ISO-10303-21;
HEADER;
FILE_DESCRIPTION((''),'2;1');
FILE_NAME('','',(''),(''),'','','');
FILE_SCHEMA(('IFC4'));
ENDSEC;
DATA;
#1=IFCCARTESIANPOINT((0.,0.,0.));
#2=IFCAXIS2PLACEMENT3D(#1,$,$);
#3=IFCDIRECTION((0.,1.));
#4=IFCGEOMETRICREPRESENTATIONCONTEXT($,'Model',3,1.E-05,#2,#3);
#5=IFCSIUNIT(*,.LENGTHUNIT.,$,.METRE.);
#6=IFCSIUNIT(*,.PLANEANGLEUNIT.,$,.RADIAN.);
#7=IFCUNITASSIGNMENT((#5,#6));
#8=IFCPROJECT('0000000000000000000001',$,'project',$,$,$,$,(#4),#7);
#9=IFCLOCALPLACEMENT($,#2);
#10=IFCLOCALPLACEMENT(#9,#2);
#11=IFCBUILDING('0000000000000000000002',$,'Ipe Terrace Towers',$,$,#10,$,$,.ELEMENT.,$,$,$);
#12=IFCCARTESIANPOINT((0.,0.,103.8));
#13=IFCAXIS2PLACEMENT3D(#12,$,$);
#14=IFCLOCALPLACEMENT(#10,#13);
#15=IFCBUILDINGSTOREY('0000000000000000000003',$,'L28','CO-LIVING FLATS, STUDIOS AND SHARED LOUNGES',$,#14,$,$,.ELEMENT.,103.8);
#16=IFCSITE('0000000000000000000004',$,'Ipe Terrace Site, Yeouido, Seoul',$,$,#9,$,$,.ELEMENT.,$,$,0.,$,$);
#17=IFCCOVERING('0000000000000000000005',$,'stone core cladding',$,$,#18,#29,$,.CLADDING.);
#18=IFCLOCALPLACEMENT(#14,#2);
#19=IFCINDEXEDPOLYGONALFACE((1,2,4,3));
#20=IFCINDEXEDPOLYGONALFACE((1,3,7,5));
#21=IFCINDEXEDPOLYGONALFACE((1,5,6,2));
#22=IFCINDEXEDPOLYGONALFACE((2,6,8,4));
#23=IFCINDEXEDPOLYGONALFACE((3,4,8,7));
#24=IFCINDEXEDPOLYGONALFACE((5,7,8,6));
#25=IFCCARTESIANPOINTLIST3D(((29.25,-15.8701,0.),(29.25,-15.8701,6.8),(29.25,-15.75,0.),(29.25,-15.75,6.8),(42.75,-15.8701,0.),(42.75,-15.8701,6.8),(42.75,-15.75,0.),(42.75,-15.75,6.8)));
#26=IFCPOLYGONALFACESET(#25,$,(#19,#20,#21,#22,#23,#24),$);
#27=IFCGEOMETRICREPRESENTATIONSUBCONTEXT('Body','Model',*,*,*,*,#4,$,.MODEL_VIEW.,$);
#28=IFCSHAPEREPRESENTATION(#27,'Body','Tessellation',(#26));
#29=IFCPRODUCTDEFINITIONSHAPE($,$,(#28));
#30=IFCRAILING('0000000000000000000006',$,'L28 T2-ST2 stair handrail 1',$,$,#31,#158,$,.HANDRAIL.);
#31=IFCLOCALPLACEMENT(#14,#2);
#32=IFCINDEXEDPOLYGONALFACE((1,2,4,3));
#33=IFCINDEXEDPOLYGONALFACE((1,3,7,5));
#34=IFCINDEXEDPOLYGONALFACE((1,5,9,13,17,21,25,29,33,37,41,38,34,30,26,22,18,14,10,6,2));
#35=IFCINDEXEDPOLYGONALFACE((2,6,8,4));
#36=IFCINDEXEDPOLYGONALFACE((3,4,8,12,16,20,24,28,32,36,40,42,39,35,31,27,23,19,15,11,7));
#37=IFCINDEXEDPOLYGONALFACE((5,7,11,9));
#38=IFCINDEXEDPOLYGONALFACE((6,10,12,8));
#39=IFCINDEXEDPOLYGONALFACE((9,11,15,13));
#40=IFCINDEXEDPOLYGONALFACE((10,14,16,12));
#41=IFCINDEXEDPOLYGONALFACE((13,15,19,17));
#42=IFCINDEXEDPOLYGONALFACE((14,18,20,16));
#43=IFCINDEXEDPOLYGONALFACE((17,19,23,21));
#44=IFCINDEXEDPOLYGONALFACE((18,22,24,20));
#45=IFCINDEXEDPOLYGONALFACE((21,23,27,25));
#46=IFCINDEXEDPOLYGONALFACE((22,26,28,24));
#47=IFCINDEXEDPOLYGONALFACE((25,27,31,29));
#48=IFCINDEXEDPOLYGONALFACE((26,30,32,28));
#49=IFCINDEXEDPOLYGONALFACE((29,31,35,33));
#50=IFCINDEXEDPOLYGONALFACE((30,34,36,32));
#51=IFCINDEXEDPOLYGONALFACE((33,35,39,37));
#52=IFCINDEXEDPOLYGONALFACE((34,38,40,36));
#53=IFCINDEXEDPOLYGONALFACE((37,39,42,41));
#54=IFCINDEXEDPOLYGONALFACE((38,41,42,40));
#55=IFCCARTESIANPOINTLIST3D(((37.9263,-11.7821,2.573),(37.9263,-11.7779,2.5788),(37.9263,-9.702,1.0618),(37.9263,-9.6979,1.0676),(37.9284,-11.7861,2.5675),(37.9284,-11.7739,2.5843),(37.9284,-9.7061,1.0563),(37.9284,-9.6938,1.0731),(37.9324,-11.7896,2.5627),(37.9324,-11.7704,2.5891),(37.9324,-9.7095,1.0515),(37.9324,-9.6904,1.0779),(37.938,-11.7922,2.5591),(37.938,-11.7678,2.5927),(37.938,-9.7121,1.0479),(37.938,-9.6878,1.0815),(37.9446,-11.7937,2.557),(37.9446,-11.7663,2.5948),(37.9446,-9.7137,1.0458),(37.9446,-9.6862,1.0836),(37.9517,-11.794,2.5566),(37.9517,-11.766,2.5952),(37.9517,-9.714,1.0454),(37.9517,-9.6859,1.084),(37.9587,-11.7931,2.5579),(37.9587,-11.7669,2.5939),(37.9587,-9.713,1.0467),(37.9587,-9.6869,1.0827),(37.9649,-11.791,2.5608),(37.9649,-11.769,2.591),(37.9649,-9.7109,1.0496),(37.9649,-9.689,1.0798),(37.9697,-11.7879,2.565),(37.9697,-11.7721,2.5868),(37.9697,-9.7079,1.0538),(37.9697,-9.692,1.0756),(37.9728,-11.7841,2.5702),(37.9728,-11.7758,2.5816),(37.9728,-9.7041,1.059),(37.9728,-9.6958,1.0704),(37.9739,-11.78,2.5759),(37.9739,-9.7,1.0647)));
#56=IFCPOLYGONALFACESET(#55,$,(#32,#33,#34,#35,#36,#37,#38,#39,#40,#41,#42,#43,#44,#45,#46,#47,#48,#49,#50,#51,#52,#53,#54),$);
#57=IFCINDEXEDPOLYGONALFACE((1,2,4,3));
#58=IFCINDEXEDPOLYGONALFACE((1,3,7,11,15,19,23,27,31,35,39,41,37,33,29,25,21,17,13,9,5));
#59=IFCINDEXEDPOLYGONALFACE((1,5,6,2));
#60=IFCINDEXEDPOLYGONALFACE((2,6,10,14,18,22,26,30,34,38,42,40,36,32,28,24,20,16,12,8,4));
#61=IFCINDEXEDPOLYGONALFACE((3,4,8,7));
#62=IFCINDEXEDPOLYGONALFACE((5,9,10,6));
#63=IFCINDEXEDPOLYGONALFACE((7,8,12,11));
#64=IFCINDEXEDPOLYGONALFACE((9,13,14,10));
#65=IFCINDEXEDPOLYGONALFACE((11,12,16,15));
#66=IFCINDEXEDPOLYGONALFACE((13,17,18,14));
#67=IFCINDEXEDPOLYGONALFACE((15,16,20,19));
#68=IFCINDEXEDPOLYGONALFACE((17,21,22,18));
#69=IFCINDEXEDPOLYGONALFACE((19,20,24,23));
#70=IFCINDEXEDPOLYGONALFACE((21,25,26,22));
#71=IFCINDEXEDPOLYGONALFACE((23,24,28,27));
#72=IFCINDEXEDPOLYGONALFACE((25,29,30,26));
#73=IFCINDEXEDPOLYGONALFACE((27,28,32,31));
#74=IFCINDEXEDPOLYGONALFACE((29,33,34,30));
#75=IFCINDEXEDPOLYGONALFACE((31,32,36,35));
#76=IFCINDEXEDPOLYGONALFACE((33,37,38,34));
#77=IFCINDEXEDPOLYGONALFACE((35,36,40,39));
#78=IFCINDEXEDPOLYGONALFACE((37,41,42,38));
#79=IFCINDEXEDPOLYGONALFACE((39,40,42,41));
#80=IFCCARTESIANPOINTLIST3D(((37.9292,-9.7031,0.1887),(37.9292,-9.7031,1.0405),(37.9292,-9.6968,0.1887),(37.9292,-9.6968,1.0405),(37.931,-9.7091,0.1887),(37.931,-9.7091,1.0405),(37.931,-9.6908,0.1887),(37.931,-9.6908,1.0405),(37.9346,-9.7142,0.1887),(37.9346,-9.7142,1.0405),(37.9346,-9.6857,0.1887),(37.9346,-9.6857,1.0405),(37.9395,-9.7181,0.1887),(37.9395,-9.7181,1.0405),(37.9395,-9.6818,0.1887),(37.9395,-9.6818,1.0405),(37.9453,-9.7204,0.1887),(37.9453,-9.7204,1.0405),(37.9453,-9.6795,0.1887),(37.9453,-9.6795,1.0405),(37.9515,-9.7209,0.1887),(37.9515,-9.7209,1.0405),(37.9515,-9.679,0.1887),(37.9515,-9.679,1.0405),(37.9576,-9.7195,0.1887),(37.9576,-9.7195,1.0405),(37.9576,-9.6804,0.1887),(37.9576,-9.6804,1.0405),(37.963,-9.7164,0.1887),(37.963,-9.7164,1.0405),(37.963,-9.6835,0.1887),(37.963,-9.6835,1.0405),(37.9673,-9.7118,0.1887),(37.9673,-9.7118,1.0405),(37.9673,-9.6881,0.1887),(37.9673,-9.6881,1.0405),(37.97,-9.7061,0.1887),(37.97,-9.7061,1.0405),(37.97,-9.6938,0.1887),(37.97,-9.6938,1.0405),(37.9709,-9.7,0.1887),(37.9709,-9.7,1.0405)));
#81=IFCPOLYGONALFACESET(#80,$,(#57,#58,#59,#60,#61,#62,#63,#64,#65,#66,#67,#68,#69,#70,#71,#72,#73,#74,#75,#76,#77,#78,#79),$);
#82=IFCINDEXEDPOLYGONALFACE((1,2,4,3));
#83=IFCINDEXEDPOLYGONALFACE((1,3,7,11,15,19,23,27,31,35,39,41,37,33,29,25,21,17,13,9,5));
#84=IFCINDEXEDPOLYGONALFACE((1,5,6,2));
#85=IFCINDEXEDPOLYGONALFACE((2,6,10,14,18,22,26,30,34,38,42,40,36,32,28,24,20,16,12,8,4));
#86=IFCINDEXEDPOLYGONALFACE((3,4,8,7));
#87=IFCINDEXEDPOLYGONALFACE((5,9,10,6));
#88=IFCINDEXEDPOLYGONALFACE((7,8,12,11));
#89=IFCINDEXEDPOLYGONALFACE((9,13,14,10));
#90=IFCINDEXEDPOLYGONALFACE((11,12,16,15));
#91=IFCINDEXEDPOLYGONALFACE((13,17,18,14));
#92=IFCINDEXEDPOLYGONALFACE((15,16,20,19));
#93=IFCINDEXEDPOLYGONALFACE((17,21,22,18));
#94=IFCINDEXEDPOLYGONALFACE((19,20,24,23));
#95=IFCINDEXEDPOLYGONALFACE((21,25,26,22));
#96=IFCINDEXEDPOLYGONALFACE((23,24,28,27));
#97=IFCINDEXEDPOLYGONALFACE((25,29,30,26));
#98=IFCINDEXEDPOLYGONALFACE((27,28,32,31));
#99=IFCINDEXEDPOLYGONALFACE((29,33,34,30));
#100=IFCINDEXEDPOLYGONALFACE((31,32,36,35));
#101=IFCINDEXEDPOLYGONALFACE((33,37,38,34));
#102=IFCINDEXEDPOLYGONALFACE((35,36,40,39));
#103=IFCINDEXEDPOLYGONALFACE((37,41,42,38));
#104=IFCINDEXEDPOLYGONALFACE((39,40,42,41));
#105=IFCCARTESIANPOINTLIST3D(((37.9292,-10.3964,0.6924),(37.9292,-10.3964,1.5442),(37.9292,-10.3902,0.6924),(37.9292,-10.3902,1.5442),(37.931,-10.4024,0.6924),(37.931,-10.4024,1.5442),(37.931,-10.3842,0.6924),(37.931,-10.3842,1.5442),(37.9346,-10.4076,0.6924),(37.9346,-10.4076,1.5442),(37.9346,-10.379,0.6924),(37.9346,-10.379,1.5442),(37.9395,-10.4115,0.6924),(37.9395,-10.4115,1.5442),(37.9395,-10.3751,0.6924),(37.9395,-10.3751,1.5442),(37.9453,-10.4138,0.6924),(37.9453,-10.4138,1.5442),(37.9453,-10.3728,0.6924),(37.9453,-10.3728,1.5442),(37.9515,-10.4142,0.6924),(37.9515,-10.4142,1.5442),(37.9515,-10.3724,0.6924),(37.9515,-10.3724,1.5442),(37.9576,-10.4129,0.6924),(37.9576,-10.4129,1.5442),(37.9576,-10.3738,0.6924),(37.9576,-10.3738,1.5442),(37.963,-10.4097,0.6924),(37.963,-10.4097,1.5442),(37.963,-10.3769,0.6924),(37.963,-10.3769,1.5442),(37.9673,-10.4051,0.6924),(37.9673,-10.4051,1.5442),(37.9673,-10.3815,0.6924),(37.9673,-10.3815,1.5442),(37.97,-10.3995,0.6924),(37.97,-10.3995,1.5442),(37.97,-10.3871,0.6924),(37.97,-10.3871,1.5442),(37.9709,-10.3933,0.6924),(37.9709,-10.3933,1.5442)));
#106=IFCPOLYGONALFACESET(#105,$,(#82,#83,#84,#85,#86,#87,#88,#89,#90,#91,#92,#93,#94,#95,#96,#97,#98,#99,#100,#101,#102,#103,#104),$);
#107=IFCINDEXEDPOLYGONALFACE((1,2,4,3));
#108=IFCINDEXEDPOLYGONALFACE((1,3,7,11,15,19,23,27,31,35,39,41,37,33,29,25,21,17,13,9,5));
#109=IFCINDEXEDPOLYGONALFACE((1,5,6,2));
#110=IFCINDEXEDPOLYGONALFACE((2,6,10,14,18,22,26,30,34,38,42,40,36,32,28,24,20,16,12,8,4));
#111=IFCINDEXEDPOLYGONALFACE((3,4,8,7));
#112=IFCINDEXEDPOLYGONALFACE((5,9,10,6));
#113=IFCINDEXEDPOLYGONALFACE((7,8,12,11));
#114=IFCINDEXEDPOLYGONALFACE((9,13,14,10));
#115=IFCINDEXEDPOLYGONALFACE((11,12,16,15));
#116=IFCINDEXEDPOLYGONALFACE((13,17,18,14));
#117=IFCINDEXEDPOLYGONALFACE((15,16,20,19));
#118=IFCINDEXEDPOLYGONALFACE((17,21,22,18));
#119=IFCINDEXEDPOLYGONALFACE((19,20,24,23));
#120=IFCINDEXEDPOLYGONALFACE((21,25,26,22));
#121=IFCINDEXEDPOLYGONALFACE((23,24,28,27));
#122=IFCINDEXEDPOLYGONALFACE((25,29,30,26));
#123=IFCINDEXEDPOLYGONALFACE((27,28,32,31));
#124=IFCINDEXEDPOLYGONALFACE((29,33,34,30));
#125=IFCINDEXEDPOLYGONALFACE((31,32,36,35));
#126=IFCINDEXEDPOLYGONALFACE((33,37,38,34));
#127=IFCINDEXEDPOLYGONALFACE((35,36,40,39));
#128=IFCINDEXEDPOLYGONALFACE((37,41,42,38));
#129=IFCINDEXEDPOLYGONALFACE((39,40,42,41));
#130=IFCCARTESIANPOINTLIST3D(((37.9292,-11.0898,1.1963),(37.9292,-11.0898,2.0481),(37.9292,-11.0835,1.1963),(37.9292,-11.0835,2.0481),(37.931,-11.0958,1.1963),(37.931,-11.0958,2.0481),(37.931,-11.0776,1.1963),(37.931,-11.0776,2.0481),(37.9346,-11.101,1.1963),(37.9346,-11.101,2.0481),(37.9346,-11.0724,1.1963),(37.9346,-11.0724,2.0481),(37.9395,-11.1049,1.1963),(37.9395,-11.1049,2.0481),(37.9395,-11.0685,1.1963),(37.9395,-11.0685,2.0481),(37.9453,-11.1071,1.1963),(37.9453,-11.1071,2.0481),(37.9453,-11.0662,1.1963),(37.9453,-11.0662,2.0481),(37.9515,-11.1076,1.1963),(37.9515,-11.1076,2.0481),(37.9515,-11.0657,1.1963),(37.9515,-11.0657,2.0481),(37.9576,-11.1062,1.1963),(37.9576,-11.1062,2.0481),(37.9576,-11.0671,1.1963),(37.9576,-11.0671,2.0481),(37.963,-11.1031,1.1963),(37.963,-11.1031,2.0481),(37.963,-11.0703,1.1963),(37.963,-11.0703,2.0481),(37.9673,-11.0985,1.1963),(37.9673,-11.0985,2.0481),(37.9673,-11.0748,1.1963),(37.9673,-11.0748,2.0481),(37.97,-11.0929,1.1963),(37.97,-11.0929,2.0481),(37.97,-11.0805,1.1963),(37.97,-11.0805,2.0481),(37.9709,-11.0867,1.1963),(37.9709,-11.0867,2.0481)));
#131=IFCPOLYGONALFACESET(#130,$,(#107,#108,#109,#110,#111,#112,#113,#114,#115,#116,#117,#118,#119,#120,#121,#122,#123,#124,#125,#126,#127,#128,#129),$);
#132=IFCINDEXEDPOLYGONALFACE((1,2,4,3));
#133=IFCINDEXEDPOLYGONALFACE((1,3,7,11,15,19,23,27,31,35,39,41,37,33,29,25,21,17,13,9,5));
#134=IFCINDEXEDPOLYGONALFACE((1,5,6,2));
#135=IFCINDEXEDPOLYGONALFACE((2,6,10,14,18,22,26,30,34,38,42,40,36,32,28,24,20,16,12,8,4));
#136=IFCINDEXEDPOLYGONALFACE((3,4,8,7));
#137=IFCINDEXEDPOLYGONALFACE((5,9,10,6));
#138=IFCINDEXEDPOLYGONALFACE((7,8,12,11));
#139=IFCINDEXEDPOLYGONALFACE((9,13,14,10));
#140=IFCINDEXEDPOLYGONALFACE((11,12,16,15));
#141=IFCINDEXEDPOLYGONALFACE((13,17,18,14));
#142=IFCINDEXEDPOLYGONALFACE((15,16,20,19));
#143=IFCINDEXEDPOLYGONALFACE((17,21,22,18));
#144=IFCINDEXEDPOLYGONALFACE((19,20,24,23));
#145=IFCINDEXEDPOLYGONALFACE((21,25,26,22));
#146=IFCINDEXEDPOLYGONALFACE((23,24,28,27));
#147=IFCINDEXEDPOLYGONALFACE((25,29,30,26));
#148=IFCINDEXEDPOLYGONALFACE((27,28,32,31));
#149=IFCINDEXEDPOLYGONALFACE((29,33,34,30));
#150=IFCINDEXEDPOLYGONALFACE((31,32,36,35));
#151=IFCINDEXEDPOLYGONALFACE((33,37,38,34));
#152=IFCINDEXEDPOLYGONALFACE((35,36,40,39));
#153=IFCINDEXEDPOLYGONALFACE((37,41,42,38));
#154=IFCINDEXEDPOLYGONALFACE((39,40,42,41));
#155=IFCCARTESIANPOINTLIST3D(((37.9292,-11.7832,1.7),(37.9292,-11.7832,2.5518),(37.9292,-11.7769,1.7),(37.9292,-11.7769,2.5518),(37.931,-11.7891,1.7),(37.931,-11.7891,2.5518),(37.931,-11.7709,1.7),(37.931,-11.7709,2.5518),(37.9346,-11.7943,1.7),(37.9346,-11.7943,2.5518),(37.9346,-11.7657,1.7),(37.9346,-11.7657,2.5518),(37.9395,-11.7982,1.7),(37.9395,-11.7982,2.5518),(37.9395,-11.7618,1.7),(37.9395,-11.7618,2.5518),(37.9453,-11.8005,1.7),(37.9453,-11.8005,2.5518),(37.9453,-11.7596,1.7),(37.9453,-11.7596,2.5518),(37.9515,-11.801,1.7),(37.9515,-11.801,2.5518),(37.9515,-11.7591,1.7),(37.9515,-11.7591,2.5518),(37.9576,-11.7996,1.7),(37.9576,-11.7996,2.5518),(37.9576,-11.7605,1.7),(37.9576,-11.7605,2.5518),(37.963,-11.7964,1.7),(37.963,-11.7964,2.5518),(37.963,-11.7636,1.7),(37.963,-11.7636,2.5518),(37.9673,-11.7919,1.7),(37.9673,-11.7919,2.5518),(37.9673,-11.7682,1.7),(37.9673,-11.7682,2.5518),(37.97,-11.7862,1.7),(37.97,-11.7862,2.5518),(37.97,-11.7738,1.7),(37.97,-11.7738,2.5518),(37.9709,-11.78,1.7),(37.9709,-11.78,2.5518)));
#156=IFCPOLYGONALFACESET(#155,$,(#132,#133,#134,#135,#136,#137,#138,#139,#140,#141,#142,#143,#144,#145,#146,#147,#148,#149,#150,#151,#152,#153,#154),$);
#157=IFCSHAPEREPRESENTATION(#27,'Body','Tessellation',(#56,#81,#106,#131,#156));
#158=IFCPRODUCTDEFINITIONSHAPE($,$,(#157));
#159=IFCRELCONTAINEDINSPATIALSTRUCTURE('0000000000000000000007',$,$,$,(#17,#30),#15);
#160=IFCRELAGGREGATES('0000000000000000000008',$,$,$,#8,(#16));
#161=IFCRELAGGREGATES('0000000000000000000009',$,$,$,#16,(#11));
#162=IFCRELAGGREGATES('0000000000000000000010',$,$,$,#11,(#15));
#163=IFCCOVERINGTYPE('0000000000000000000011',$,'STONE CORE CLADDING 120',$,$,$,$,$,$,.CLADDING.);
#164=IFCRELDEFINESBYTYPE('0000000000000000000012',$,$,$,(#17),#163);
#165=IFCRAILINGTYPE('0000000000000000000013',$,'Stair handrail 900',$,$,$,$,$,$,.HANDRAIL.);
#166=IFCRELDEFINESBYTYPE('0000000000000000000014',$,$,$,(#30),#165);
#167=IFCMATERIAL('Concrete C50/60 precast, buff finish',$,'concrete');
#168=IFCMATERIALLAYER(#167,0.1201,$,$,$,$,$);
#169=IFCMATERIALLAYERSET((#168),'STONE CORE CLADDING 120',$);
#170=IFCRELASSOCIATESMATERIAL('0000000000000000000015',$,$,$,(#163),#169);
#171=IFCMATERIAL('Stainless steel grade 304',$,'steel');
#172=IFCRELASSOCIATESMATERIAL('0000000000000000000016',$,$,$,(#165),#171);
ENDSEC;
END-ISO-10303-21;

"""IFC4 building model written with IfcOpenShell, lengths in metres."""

from ifc_helpers import new_model, si_unit, direction, frame, origin, origin_2d, place, context, subcontext, project, spatial, rectangle, circle, extrude, material, layer, layer_set, type_object, element, save


model = new_model("IFC4")

# Units and contexts
model_context = context("Model", 3, precision=1e-05, world=origin(), true_north=direction((0.0, 1.0)))
body_context = subcontext(model_context, "Body", "Model", "MODEL_VIEW")
ifc_project = project(units=[si_unit("LENGTHUNIT", "METRE"), si_unit("PLANEANGLEUNIT", "RADIAN")], contexts=[model_context])

# Site, building, storey
site_placement = place(None, origin())
site = spatial("IfcSite", under=ifc_project, at=site_placement, Name="Ipe Terrace Site, Yeouido, Seoul", CompositionType="ELEMENT", RefElevation=0.0)
building_placement = place(site_placement, origin())
building = spatial("IfcBuilding", under=site, at=building_placement, Name="Ipe Terrace Towers", CompositionType="ELEMENT")
storey_placement = place(building_placement, frame((0.0, 0.0, 103.8)))
storey = spatial("IfcBuildingStorey", under=building, at=storey_placement, Name="L28", Description="CO-LIVING FLATS, STUDIOS AND SHARED LOUNGES", CompositionType="ELEMENT", Elevation=103.8)

# Covering
ifc_material_1 = material(Name="Concrete C50/60 precast, buff finish", Category="concrete")
ifc_layer_1 = layer(ifc_material_1, 0.1201)
ifc_layer_set_1 = layer_set([ifc_layer_1], Name="STONE CORE CLADDING 120")
covering_type = type_object("IfcCoveringType", Name="STONE CORE CLADDING 120", PredefinedType="CLADDING", material=ifc_layer_set_1)
covering_placement = place(storey_placement, frame((36.0, -15.8101, 0.0), z_axis=(0.0, 0.0, 1.0), x_axis=(1.0, 0.0, 0.0)))
element("IfcCovering", 1, at=covering_placement, inside=storey, type_object=covering_type, Name="stone core cladding", PredefinedType="CLADDING", context=body_context, shape_type="SweptSolid", body=[
    extrude(rectangle(XDim=13.5, YDim=0.1201, at=origin_2d()), origin(), (0.0, 0.0, 1.0), 6.8),
])

# Railing
ifc_material_2 = material(Name="Stainless steel grade 304", Category="steel")
railing_type_1 = type_object("IfcRailingType", Name="Stair handrail 900", PredefinedType="HANDRAIL", material=ifc_material_2)
railing_1_placement = place(storey_placement, frame((37.95, -9.7, 0.1887)))
element("IfcRailing", 2, at=railing_1_placement, inside=storey, type_object=railing_type_1, Name="L28 T2-ST2 stair handrail 1", PredefinedType="HANDRAIL", context=body_context, shape_type="SweptSolid", body=[
    extrude(circle(Radius=0.0239, at=origin_2d()), frame((0.0, 0.0, 0.876), z_axis=(0.0, -0.809023, 0.587776), x_axis=(1.0, 0.0, 0.0)), (0.0, 0.0, 1.0), 2.571),
    extrude(circle(Radius=0.021, at=origin_2d()), origin(), (0.0, 0.0, 1.0), 0.8518),
    extrude(circle(Radius=0.021, at=origin_2d()), frame((0.0, -0.6934, 0.5037)), (0.0, 0.0, 1.0), 0.8518),
    extrude(circle(Radius=0.021, at=origin_2d()), frame((0.0, -1.3867, 1.0076)), (0.0, 0.0, 1.0), 0.8518),
    extrude(circle(Radius=0.021, at=origin_2d()), frame((0.0, -2.0801, 1.5112)), (0.0, 0.0, 1.0), 0.8518),
])

save(model, "model.ifc")
